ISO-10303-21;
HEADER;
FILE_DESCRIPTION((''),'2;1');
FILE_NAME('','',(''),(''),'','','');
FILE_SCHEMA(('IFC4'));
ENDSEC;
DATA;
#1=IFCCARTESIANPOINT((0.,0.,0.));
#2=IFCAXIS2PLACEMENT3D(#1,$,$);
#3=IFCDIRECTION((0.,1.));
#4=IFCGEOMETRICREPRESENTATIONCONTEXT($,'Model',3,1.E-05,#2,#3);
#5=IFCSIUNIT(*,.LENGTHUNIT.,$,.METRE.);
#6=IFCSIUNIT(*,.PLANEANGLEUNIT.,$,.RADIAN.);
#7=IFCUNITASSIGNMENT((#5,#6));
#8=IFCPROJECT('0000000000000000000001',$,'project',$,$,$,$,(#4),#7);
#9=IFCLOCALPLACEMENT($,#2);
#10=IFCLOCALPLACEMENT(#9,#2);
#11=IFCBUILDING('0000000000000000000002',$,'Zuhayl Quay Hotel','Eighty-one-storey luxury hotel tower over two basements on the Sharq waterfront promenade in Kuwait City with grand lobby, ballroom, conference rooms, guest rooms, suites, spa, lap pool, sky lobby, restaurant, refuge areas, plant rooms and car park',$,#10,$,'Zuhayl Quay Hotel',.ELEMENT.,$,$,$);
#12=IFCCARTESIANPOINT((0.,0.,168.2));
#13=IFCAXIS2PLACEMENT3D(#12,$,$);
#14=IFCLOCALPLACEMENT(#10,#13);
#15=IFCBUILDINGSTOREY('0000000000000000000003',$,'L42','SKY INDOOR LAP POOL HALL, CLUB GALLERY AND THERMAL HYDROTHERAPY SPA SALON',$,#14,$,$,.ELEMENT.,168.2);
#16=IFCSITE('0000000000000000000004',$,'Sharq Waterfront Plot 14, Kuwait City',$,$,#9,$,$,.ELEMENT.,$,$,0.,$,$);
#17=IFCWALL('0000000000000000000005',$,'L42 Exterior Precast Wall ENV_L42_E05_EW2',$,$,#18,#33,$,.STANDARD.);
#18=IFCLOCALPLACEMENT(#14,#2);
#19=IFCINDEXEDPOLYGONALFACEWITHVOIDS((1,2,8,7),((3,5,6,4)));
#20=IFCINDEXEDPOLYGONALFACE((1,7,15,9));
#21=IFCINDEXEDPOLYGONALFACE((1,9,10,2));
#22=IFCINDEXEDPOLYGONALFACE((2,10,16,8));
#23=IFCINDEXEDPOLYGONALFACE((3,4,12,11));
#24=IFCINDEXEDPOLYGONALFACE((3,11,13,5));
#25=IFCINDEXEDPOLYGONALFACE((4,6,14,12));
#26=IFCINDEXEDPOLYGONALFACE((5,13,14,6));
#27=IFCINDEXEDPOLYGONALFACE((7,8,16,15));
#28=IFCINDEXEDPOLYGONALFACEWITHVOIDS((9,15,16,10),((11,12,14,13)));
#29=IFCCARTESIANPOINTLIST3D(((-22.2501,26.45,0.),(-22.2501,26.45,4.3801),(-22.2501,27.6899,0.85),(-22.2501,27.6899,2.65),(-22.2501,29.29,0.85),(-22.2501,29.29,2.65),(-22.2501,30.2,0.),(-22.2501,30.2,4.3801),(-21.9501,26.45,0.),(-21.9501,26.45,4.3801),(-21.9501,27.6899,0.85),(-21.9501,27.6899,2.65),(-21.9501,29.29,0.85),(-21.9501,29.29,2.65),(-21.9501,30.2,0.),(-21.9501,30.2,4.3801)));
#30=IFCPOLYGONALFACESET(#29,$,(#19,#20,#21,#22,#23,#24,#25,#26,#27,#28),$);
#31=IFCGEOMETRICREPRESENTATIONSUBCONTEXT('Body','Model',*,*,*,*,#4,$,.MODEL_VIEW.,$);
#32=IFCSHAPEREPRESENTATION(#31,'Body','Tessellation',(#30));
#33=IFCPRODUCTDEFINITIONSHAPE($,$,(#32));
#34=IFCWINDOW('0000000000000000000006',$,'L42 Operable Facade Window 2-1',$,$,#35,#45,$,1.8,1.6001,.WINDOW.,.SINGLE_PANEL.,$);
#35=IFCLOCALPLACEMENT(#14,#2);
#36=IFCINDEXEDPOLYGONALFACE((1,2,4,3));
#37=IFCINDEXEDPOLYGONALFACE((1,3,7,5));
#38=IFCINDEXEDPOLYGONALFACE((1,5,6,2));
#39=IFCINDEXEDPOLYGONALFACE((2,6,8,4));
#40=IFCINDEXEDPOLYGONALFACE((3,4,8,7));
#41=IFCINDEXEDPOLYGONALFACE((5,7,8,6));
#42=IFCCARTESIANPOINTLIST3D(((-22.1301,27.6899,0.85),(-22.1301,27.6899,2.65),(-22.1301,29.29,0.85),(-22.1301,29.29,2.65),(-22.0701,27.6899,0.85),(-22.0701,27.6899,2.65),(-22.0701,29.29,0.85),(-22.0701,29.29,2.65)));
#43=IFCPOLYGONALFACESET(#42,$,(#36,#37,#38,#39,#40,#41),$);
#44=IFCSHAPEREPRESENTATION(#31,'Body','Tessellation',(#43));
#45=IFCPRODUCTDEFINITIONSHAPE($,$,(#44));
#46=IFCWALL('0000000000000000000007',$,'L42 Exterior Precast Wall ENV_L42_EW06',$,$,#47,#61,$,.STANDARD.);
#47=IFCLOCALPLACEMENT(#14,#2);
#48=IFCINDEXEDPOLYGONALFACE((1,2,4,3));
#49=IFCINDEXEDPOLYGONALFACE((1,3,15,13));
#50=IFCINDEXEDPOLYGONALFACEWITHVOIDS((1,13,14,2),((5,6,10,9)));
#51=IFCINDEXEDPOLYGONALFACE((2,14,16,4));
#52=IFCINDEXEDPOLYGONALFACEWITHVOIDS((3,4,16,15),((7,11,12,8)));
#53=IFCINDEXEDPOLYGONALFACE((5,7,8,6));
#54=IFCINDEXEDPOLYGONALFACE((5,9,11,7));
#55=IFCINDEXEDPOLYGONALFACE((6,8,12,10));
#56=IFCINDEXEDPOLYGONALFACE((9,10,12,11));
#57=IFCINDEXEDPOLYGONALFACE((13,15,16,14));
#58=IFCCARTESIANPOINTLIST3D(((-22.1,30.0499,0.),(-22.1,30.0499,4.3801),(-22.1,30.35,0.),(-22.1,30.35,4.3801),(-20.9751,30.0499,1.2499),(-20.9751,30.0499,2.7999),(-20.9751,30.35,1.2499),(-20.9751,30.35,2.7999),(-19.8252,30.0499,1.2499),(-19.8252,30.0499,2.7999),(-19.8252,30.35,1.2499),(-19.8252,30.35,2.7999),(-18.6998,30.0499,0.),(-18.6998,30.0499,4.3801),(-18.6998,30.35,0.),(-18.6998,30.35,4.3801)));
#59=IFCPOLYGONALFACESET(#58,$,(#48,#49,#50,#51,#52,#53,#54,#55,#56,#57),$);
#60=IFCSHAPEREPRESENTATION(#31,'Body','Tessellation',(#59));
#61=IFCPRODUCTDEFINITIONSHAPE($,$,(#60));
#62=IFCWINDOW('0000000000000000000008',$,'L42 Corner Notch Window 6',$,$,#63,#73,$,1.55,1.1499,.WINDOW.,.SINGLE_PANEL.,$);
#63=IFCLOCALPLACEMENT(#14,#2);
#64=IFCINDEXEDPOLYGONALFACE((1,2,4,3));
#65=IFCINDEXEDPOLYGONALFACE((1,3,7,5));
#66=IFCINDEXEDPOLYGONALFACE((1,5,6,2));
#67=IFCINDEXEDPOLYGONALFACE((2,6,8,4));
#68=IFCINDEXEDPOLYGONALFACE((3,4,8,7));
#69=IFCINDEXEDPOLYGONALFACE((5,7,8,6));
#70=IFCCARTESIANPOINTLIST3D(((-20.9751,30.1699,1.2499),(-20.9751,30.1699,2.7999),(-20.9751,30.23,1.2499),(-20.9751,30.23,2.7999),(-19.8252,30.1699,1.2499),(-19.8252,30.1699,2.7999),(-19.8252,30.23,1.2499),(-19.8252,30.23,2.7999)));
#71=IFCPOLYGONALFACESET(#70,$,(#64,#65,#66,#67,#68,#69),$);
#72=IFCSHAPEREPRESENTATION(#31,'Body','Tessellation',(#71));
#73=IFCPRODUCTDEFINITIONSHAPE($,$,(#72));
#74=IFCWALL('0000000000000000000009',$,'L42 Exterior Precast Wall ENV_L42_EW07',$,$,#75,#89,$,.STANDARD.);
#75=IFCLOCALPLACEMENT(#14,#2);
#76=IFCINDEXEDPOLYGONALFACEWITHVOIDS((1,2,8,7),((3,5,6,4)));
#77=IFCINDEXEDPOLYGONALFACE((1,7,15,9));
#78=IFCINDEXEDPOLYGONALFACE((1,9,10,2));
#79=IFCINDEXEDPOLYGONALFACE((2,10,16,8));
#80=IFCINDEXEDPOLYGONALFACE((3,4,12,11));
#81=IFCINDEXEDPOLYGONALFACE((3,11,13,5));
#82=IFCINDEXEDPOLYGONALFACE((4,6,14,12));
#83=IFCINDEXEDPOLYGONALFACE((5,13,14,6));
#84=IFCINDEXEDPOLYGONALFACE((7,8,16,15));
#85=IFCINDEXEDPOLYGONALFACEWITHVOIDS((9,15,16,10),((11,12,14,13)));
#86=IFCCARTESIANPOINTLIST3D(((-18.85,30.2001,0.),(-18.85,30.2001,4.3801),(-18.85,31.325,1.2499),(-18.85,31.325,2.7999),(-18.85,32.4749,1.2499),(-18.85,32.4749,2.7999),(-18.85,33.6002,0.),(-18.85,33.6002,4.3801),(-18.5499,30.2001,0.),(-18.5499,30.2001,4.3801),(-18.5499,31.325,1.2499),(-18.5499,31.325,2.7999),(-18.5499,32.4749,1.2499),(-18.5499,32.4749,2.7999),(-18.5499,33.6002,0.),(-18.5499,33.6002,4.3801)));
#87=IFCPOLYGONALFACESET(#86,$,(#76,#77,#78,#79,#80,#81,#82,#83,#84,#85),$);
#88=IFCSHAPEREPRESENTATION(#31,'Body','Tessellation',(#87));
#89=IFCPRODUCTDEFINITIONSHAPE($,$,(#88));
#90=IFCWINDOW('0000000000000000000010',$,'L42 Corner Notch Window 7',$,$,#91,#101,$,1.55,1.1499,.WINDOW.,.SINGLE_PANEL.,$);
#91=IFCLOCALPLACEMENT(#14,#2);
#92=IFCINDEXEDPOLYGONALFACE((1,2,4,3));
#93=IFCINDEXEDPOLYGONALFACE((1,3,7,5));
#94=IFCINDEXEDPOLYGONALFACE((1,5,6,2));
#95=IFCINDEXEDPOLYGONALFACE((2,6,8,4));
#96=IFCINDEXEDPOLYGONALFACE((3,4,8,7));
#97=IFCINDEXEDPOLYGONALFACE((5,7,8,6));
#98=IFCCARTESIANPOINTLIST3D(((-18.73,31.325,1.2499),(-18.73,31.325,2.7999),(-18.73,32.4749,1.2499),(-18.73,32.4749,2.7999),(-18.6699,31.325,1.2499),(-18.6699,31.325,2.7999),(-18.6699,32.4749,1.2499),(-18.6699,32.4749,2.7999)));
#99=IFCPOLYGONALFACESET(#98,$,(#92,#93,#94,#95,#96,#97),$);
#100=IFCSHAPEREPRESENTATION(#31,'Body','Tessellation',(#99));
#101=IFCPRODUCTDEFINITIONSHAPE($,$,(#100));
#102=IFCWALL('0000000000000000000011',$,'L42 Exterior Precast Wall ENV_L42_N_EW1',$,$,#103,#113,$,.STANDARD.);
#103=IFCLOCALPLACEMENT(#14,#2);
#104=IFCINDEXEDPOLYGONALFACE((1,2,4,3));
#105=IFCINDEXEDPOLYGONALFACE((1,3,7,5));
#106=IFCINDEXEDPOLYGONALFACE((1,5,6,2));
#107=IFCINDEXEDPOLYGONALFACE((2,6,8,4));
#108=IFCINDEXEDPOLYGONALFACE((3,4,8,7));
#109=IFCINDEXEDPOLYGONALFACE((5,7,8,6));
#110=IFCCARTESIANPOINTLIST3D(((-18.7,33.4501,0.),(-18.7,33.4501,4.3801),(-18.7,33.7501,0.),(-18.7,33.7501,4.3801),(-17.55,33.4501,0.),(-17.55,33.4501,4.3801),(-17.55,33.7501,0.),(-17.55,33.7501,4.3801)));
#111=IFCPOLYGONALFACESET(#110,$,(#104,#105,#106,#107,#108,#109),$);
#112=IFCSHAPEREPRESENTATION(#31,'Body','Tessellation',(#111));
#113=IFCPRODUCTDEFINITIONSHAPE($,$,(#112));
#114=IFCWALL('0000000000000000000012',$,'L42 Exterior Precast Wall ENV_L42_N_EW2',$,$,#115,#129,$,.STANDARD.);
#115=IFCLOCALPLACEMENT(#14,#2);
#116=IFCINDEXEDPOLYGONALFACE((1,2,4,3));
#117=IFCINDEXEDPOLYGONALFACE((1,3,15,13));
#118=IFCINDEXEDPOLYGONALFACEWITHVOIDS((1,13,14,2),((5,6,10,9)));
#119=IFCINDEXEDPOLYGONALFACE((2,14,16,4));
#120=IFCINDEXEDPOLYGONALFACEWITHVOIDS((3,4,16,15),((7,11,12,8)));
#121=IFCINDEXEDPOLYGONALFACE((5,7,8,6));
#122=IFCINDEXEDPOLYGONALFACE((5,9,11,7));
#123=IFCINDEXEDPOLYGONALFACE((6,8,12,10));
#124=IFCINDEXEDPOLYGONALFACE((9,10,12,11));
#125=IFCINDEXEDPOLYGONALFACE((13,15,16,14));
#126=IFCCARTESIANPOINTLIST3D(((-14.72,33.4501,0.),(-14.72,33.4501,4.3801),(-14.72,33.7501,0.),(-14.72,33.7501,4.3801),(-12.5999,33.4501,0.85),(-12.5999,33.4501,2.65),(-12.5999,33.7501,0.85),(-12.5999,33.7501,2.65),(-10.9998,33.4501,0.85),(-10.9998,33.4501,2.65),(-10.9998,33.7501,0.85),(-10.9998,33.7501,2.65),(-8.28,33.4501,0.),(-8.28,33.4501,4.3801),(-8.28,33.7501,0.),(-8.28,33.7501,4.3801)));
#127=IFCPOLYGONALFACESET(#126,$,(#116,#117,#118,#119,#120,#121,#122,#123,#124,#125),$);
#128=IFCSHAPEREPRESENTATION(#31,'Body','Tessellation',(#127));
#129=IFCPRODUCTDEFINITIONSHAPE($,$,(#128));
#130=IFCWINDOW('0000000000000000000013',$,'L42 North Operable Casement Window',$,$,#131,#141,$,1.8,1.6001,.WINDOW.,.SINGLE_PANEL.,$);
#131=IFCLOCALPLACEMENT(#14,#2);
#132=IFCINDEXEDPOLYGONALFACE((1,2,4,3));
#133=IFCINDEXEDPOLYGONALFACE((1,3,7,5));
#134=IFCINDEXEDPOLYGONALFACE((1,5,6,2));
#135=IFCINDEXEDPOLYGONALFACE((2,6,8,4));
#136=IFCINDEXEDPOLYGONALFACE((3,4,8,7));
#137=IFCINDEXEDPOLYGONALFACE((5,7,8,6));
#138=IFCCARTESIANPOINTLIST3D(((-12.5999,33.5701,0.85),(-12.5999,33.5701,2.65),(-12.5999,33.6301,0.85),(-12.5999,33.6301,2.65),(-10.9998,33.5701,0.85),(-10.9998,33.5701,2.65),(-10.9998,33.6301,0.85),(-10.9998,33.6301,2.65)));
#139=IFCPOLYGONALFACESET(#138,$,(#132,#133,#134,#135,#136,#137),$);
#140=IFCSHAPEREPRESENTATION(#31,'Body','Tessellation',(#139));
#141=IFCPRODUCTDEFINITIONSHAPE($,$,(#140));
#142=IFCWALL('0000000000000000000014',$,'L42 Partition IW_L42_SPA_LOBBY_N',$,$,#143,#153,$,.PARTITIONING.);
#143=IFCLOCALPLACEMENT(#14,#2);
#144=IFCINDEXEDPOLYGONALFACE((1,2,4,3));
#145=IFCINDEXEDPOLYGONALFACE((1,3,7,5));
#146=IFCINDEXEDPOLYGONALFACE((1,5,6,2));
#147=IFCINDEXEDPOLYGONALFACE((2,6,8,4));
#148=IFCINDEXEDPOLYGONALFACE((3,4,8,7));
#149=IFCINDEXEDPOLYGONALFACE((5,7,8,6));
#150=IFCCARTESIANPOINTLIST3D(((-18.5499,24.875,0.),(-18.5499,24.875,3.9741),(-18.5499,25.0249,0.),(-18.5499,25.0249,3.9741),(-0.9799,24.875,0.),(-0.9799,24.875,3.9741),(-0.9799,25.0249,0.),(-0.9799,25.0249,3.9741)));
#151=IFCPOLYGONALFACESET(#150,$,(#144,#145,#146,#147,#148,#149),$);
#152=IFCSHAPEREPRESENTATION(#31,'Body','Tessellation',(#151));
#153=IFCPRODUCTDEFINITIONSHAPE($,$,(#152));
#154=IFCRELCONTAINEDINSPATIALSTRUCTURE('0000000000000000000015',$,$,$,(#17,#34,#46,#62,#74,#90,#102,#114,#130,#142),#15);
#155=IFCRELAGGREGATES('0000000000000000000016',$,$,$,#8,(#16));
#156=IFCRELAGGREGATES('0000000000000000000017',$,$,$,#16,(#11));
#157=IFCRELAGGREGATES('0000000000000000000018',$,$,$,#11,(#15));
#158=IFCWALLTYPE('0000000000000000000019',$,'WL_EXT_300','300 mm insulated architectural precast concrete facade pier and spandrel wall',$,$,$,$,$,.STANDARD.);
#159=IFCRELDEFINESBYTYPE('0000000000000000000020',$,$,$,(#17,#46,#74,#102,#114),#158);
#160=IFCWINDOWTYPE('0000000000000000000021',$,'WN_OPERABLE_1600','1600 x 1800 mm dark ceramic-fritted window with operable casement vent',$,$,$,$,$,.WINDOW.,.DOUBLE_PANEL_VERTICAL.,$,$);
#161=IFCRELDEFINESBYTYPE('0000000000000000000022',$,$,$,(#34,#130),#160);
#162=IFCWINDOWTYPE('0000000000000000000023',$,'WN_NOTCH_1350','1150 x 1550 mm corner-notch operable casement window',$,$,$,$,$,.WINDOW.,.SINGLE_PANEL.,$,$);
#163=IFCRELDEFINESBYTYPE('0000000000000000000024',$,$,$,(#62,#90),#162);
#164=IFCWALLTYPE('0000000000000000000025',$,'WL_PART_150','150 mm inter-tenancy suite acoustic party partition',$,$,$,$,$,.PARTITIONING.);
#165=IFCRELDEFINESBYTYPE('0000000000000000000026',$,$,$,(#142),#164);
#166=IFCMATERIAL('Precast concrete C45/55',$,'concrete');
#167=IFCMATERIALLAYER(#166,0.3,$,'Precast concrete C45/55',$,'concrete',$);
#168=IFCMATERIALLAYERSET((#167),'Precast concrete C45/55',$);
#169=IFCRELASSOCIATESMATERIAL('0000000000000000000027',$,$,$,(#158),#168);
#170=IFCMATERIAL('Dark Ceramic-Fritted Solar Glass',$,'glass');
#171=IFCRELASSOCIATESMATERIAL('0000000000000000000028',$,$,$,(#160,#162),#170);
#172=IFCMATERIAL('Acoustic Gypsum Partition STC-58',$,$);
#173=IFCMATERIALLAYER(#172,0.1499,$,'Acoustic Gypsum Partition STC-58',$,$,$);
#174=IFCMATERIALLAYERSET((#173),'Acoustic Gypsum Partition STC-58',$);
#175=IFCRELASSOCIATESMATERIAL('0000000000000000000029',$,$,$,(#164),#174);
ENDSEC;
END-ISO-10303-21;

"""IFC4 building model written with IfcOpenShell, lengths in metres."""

from ifc_helpers import new_model, si_unit, direction, frame, frame_2d, origin, place, context, subcontext, project, spatial, rectangle, extrude, material, layer, layer_set, type_object, element, fill, save


model = new_model("IFC4")

# Units and contexts
model_context = context("Model", 3, precision=1e-05, world=origin(), true_north=direction((0.0, 1.0)))
body_context = subcontext(model_context, "Body", "Model", "MODEL_VIEW")
ifc_project = project(units=[si_unit("LENGTHUNIT", "METRE"), si_unit("PLANEANGLEUNIT", "RADIAN")], contexts=[model_context])

# Site, building, storey
site_placement = place(None, origin())
site = spatial("IfcSite", under=ifc_project, at=site_placement, Name="Sharq Waterfront Plot 14, Kuwait City", CompositionType="ELEMENT", RefElevation=0.0)
building_placement = place(site_placement, origin())
building = spatial("IfcBuilding", under=site, at=building_placement, Name="Zuhayl Quay Hotel", Description="Eighty-one-storey luxury hotel tower over two basements on the Sharq waterfront promenade in Kuwait City with grand lobby, ballroom, conference rooms, guest rooms, suites, spa, lap pool, sky lobby, restaurant, refuge areas, plant rooms and car park", LongName="Zuhayl Quay Hotel", CompositionType="ELEMENT")
storey_placement = place(building_placement, frame((0.0, 0.0, 168.2)))
storey = spatial("IfcBuildingStorey", under=building, at=storey_placement, Name="L42", Description="SKY INDOOR LAP POOL HALL, CLUB GALLERY AND THERMAL HYDROTHERAPY SPA SALON", CompositionType="ELEMENT", Elevation=168.2)

# Shared definitions
ifc_material_1 = material(Name="Dark Ceramic-Fritted Solar Glass", Category="glass")

# Walls, openings, windows
ifc_material_2 = material(Name="Precast concrete C45/55", Category="concrete")
ifc_layer_1 = layer(ifc_material_2, 0.3, Name="Precast concrete C45/55", Category="concrete")
ifc_layer_set_1 = layer_set([ifc_layer_1], Name="Precast concrete C45/55")
wall_type_1 = type_object("IfcWallType", Name="WL_EXT_300", Description="300 mm insulated architectural precast concrete facade pier and spandrel wall", PredefinedType="STANDARD", material=ifc_layer_set_1)
wall_1_placement = place(storey_placement, frame((-22.1001, 26.45, 0.0), z_axis=(0.0, 0.0, 1.0), x_axis=(0.0, 1.0, 0.0)))
wall_1 = element("IfcWall", 1, at=wall_1_placement, inside=storey, type_object=wall_type_1, Name="L42 Exterior Precast Wall ENV_L42_E05_EW2", PredefinedType="STANDARD", context=body_context, shape_type="SweptSolid", body=[
    extrude(rectangle(XDim=3.75, YDim=0.3, at=frame_2d((1.875, 0.0))), origin(), (0.0, 0.0, 1.0), 4.3801),
])
opening_1_placement = place(wall_1_placement, frame((1.24, 0.0, 0.8501)))
opening_1 = element("IfcOpeningElement", 2, at=opening_1_placement, cuts=wall_1, PredefinedType="OPENING", context=body_context, shape_type="SweptSolid", body=[
    extrude(rectangle(XDim=1.6001, YDim=1.8, at=frame_2d((0.8, 0.8999))), frame((0.0, 0.1599, 0.0), z_axis=(0.0, -1.0, 0.0), x_axis=(1.0, 0.0, 0.0)), (0.0, 0.0, 1.0), 0.3201),
])
window_type_1 = type_object("IfcWindowType", Name="WN_OPERABLE_1600", Description="1600 x 1800 mm dark ceramic-fritted window with operable casement vent", PartitioningType="DOUBLE_PANEL_VERTICAL", PredefinedType="WINDOW", material=ifc_material_1)
window_1_placement = place(opening_1_placement, origin())
window_1 = element("IfcWindow", 3, at=window_1_placement, inside=storey, type_object=window_type_1, Name="L42 Operable Facade Window 2-1", OverallHeight=1.8, OverallWidth=1.6001, PartitioningType="SINGLE_PANEL", PredefinedType="WINDOW", context=body_context, shape_type="SweptSolid", body=[
    extrude(rectangle(XDim=1.6001, YDim=1.8, at=frame_2d((0.8, 0.8999))), frame((0.0, 0.03, 0.0), z_axis=(0.0, -1.0, 0.0), x_axis=(1.0, 0.0, 0.0)), (0.0, 0.0, 1.0), 0.0601),
])
fill(opening_1, window_1)
wall_2_placement = place(storey_placement, frame((-22.1001, 30.2, 0.0), z_axis=(0.0, 0.0, 1.0), x_axis=(1.0, 0.0, 0.0)))
wall_2 = element("IfcWall", 4, at=wall_2_placement, inside=storey, type_object=wall_type_1, Name="L42 Exterior Precast Wall ENV_L42_EW06", PredefinedType="STANDARD", context=body_context, shape_type="SweptSolid", body=[
    extrude(rectangle(XDim=3.4001, YDim=0.3, at=frame_2d((1.7002, 0.0))), origin(), (0.0, 0.0, 1.0), 4.3801),
])
opening_2_placement = place(wall_2_placement, frame((1.125, 0.0, 1.25)))
opening_2 = element("IfcOpeningElement", 5, at=opening_2_placement, cuts=wall_2, PredefinedType="OPENING", context=body_context, shape_type="SweptSolid", body=[
    extrude(rectangle(XDim=1.1499, YDim=1.55, at=frame_2d((0.575, 0.7749))), frame((0.0, 0.1599, 0.0), z_axis=(0.0, -1.0, 0.0), x_axis=(1.0, 0.0, 0.0)), (0.0, 0.0, 1.0), 0.3201),
])
window_type_2 = type_object("IfcWindowType", Name="WN_NOTCH_1350", Description="1150 x 1550 mm corner-notch operable casement window", PartitioningType="SINGLE_PANEL", PredefinedType="WINDOW", material=ifc_material_1)
window_2_placement = place(opening_2_placement, origin())
window_2 = element("IfcWindow", 6, at=window_2_placement, inside=storey, type_object=window_type_2, Name="L42 Corner Notch Window 6", OverallHeight=1.55, OverallWidth=1.1499, PartitioningType="SINGLE_PANEL", PredefinedType="WINDOW", context=body_context, shape_type="SweptSolid", body=[
    extrude(rectangle(XDim=1.1499, YDim=1.55, at=frame_2d((0.575, 0.7749))), frame((0.0, 0.03, 0.0), z_axis=(0.0, -1.0, 0.0), x_axis=(1.0, 0.0, 0.0)), (0.0, 0.0, 1.0), 0.0601),
])
fill(opening_2, window_2)
wall_3_placement = place(storey_placement, frame((-18.7, 30.2, 0.0), z_axis=(0.0, 0.0, 1.0), x_axis=(0.0, 1.0, 0.0)))
wall_3 = element("IfcWall", 7, at=wall_3_placement, inside=storey, type_object=wall_type_1, Name="L42 Exterior Precast Wall ENV_L42_EW07", PredefinedType="STANDARD", context=body_context, shape_type="SweptSolid", body=[
    extrude(rectangle(XDim=3.4001, YDim=0.3, at=frame_2d((1.7002, 0.0))), origin(), (0.0, 0.0, 1.0), 4.3801),
])
opening_3_placement = place(wall_3_placement, frame((1.125, 0.0, 1.25)))
opening_3 = element("IfcOpeningElement", 8, at=opening_3_placement, cuts=wall_3, PredefinedType="OPENING", context=body_context, shape_type="SweptSolid", body=[
    extrude(rectangle(XDim=1.1499, YDim=1.55, at=frame_2d((0.575, 0.7749))), frame((0.0, 0.1599, 0.0), z_axis=(0.0, -1.0, 0.0), x_axis=(1.0, 0.0, 0.0)), (0.0, 0.0, 1.0), 0.3201),
])
window_3_placement = place(opening_3_placement, origin())
window_3 = element("IfcWindow", 9, at=window_3_placement, inside=storey, type_object=window_type_2, Name="L42 Corner Notch Window 7", OverallHeight=1.55, OverallWidth=1.1499, PartitioningType="SINGLE_PANEL", PredefinedType="WINDOW", context=body_context, shape_type="SweptSolid", body=[
    extrude(rectangle(XDim=1.1499, YDim=1.55, at=frame_2d((0.575, 0.7749))), frame((0.0, 0.03, 0.0), z_axis=(0.0, -1.0, 0.0), x_axis=(1.0, 0.0, 0.0)), (0.0, 0.0, 1.0), 0.0601),
])
fill(opening_3, window_3)

# Wall
wall_4_placement = place(storey_placement, frame((-18.7, 33.6001, 0.0), z_axis=(0.0, 0.0, 1.0), x_axis=(1.0, 0.0, 0.0)))
element("IfcWall", 10, at=wall_4_placement, inside=storey, type_object=wall_type_1, Name="L42 Exterior Precast Wall ENV_L42_N_EW1", PredefinedType="STANDARD", context=body_context, shape_type="SweptSolid", body=[
    extrude(rectangle(XDim=1.1499, YDim=0.3, at=frame_2d((0.575, 0.0))), origin(), (0.0, 0.0, 1.0), 4.3801),
])

# Wall, opening, window
wall_5_placement = place(storey_placement, frame((-14.72, 33.6001, 0.0), z_axis=(0.0, 0.0, 1.0), x_axis=(1.0, 0.0, 0.0)))
wall_5 = element("IfcWall", 11, at=wall_5_placement, inside=storey, type_object=wall_type_1, Name="L42 Exterior Precast Wall ENV_L42_N_EW2", PredefinedType="STANDARD", context=body_context, shape_type="SweptSolid", body=[
    extrude(rectangle(XDim=6.4399, YDim=0.3, at=frame_2d((3.22, 0.0))), origin(), (0.0, 0.0, 1.0), 4.3801),
])
opening_4_placement = place(wall_5_placement, frame((2.1201, 0.0, 0.8501)))
opening_4 = element("IfcOpeningElement", 12, at=opening_4_placement, cuts=wall_5, PredefinedType="OPENING", context=body_context, shape_type="SweptSolid", body=[
    extrude(rectangle(XDim=1.6001, YDim=1.8, at=frame_2d((0.8, 0.8999))), frame((0.0, 0.1599, 0.0), z_axis=(0.0, -1.0, 0.0), x_axis=(1.0, 0.0, 0.0)), (0.0, 0.0, 1.0), 0.3201),
])
window_4_placement = place(opening_4_placement, origin())
window_4 = element("IfcWindow", 13, at=window_4_placement, inside=storey, type_object=window_type_1, Name="L42 North Operable Casement Window", OverallHeight=1.8, OverallWidth=1.6001, PartitioningType="SINGLE_PANEL", PredefinedType="WINDOW", context=body_context, shape_type="SweptSolid", body=[
    extrude(rectangle(XDim=1.6001, YDim=1.8, at=frame_2d((0.8, 0.8999))), frame((0.0, 0.03, 0.0), z_axis=(0.0, -1.0, 0.0), x_axis=(1.0, 0.0, 0.0)), (0.0, 0.0, 1.0), 0.0601),
])
fill(opening_4, window_4)

# Wall
ifc_material_3 = material(Name="Acoustic Gypsum Partition STC-58")
ifc_layer_2 = layer(ifc_material_3, 0.1499, Name="Acoustic Gypsum Partition STC-58")
ifc_layer_set_2 = layer_set([ifc_layer_2], Name="Acoustic Gypsum Partition STC-58")
wall_type_2 = type_object("IfcWallType", Name="WL_PART_150", Description="150 mm inter-tenancy suite acoustic party partition", PredefinedType="PARTITIONING", material=ifc_layer_set_2)
wall_6_placement = place(storey_placement, frame((-18.55, 24.95, 0.0), z_axis=(0.0, 0.0, 1.0), x_axis=(1.0, 0.0, 0.0)))
element("IfcWall", 14, at=wall_6_placement, inside=storey, type_object=wall_type_2, Name="L42 Partition IW_L42_SPA_LOBBY_N", PredefinedType="PARTITIONING", context=body_context, shape_type="SweptSolid", body=[
    extrude(rectangle(XDim=17.5701, YDim=0.1499, at=frame_2d((8.7852, 0.0))), origin(), (0.0, 0.0, 1.0), 3.9741),
])

save(model, "model.ifc")
